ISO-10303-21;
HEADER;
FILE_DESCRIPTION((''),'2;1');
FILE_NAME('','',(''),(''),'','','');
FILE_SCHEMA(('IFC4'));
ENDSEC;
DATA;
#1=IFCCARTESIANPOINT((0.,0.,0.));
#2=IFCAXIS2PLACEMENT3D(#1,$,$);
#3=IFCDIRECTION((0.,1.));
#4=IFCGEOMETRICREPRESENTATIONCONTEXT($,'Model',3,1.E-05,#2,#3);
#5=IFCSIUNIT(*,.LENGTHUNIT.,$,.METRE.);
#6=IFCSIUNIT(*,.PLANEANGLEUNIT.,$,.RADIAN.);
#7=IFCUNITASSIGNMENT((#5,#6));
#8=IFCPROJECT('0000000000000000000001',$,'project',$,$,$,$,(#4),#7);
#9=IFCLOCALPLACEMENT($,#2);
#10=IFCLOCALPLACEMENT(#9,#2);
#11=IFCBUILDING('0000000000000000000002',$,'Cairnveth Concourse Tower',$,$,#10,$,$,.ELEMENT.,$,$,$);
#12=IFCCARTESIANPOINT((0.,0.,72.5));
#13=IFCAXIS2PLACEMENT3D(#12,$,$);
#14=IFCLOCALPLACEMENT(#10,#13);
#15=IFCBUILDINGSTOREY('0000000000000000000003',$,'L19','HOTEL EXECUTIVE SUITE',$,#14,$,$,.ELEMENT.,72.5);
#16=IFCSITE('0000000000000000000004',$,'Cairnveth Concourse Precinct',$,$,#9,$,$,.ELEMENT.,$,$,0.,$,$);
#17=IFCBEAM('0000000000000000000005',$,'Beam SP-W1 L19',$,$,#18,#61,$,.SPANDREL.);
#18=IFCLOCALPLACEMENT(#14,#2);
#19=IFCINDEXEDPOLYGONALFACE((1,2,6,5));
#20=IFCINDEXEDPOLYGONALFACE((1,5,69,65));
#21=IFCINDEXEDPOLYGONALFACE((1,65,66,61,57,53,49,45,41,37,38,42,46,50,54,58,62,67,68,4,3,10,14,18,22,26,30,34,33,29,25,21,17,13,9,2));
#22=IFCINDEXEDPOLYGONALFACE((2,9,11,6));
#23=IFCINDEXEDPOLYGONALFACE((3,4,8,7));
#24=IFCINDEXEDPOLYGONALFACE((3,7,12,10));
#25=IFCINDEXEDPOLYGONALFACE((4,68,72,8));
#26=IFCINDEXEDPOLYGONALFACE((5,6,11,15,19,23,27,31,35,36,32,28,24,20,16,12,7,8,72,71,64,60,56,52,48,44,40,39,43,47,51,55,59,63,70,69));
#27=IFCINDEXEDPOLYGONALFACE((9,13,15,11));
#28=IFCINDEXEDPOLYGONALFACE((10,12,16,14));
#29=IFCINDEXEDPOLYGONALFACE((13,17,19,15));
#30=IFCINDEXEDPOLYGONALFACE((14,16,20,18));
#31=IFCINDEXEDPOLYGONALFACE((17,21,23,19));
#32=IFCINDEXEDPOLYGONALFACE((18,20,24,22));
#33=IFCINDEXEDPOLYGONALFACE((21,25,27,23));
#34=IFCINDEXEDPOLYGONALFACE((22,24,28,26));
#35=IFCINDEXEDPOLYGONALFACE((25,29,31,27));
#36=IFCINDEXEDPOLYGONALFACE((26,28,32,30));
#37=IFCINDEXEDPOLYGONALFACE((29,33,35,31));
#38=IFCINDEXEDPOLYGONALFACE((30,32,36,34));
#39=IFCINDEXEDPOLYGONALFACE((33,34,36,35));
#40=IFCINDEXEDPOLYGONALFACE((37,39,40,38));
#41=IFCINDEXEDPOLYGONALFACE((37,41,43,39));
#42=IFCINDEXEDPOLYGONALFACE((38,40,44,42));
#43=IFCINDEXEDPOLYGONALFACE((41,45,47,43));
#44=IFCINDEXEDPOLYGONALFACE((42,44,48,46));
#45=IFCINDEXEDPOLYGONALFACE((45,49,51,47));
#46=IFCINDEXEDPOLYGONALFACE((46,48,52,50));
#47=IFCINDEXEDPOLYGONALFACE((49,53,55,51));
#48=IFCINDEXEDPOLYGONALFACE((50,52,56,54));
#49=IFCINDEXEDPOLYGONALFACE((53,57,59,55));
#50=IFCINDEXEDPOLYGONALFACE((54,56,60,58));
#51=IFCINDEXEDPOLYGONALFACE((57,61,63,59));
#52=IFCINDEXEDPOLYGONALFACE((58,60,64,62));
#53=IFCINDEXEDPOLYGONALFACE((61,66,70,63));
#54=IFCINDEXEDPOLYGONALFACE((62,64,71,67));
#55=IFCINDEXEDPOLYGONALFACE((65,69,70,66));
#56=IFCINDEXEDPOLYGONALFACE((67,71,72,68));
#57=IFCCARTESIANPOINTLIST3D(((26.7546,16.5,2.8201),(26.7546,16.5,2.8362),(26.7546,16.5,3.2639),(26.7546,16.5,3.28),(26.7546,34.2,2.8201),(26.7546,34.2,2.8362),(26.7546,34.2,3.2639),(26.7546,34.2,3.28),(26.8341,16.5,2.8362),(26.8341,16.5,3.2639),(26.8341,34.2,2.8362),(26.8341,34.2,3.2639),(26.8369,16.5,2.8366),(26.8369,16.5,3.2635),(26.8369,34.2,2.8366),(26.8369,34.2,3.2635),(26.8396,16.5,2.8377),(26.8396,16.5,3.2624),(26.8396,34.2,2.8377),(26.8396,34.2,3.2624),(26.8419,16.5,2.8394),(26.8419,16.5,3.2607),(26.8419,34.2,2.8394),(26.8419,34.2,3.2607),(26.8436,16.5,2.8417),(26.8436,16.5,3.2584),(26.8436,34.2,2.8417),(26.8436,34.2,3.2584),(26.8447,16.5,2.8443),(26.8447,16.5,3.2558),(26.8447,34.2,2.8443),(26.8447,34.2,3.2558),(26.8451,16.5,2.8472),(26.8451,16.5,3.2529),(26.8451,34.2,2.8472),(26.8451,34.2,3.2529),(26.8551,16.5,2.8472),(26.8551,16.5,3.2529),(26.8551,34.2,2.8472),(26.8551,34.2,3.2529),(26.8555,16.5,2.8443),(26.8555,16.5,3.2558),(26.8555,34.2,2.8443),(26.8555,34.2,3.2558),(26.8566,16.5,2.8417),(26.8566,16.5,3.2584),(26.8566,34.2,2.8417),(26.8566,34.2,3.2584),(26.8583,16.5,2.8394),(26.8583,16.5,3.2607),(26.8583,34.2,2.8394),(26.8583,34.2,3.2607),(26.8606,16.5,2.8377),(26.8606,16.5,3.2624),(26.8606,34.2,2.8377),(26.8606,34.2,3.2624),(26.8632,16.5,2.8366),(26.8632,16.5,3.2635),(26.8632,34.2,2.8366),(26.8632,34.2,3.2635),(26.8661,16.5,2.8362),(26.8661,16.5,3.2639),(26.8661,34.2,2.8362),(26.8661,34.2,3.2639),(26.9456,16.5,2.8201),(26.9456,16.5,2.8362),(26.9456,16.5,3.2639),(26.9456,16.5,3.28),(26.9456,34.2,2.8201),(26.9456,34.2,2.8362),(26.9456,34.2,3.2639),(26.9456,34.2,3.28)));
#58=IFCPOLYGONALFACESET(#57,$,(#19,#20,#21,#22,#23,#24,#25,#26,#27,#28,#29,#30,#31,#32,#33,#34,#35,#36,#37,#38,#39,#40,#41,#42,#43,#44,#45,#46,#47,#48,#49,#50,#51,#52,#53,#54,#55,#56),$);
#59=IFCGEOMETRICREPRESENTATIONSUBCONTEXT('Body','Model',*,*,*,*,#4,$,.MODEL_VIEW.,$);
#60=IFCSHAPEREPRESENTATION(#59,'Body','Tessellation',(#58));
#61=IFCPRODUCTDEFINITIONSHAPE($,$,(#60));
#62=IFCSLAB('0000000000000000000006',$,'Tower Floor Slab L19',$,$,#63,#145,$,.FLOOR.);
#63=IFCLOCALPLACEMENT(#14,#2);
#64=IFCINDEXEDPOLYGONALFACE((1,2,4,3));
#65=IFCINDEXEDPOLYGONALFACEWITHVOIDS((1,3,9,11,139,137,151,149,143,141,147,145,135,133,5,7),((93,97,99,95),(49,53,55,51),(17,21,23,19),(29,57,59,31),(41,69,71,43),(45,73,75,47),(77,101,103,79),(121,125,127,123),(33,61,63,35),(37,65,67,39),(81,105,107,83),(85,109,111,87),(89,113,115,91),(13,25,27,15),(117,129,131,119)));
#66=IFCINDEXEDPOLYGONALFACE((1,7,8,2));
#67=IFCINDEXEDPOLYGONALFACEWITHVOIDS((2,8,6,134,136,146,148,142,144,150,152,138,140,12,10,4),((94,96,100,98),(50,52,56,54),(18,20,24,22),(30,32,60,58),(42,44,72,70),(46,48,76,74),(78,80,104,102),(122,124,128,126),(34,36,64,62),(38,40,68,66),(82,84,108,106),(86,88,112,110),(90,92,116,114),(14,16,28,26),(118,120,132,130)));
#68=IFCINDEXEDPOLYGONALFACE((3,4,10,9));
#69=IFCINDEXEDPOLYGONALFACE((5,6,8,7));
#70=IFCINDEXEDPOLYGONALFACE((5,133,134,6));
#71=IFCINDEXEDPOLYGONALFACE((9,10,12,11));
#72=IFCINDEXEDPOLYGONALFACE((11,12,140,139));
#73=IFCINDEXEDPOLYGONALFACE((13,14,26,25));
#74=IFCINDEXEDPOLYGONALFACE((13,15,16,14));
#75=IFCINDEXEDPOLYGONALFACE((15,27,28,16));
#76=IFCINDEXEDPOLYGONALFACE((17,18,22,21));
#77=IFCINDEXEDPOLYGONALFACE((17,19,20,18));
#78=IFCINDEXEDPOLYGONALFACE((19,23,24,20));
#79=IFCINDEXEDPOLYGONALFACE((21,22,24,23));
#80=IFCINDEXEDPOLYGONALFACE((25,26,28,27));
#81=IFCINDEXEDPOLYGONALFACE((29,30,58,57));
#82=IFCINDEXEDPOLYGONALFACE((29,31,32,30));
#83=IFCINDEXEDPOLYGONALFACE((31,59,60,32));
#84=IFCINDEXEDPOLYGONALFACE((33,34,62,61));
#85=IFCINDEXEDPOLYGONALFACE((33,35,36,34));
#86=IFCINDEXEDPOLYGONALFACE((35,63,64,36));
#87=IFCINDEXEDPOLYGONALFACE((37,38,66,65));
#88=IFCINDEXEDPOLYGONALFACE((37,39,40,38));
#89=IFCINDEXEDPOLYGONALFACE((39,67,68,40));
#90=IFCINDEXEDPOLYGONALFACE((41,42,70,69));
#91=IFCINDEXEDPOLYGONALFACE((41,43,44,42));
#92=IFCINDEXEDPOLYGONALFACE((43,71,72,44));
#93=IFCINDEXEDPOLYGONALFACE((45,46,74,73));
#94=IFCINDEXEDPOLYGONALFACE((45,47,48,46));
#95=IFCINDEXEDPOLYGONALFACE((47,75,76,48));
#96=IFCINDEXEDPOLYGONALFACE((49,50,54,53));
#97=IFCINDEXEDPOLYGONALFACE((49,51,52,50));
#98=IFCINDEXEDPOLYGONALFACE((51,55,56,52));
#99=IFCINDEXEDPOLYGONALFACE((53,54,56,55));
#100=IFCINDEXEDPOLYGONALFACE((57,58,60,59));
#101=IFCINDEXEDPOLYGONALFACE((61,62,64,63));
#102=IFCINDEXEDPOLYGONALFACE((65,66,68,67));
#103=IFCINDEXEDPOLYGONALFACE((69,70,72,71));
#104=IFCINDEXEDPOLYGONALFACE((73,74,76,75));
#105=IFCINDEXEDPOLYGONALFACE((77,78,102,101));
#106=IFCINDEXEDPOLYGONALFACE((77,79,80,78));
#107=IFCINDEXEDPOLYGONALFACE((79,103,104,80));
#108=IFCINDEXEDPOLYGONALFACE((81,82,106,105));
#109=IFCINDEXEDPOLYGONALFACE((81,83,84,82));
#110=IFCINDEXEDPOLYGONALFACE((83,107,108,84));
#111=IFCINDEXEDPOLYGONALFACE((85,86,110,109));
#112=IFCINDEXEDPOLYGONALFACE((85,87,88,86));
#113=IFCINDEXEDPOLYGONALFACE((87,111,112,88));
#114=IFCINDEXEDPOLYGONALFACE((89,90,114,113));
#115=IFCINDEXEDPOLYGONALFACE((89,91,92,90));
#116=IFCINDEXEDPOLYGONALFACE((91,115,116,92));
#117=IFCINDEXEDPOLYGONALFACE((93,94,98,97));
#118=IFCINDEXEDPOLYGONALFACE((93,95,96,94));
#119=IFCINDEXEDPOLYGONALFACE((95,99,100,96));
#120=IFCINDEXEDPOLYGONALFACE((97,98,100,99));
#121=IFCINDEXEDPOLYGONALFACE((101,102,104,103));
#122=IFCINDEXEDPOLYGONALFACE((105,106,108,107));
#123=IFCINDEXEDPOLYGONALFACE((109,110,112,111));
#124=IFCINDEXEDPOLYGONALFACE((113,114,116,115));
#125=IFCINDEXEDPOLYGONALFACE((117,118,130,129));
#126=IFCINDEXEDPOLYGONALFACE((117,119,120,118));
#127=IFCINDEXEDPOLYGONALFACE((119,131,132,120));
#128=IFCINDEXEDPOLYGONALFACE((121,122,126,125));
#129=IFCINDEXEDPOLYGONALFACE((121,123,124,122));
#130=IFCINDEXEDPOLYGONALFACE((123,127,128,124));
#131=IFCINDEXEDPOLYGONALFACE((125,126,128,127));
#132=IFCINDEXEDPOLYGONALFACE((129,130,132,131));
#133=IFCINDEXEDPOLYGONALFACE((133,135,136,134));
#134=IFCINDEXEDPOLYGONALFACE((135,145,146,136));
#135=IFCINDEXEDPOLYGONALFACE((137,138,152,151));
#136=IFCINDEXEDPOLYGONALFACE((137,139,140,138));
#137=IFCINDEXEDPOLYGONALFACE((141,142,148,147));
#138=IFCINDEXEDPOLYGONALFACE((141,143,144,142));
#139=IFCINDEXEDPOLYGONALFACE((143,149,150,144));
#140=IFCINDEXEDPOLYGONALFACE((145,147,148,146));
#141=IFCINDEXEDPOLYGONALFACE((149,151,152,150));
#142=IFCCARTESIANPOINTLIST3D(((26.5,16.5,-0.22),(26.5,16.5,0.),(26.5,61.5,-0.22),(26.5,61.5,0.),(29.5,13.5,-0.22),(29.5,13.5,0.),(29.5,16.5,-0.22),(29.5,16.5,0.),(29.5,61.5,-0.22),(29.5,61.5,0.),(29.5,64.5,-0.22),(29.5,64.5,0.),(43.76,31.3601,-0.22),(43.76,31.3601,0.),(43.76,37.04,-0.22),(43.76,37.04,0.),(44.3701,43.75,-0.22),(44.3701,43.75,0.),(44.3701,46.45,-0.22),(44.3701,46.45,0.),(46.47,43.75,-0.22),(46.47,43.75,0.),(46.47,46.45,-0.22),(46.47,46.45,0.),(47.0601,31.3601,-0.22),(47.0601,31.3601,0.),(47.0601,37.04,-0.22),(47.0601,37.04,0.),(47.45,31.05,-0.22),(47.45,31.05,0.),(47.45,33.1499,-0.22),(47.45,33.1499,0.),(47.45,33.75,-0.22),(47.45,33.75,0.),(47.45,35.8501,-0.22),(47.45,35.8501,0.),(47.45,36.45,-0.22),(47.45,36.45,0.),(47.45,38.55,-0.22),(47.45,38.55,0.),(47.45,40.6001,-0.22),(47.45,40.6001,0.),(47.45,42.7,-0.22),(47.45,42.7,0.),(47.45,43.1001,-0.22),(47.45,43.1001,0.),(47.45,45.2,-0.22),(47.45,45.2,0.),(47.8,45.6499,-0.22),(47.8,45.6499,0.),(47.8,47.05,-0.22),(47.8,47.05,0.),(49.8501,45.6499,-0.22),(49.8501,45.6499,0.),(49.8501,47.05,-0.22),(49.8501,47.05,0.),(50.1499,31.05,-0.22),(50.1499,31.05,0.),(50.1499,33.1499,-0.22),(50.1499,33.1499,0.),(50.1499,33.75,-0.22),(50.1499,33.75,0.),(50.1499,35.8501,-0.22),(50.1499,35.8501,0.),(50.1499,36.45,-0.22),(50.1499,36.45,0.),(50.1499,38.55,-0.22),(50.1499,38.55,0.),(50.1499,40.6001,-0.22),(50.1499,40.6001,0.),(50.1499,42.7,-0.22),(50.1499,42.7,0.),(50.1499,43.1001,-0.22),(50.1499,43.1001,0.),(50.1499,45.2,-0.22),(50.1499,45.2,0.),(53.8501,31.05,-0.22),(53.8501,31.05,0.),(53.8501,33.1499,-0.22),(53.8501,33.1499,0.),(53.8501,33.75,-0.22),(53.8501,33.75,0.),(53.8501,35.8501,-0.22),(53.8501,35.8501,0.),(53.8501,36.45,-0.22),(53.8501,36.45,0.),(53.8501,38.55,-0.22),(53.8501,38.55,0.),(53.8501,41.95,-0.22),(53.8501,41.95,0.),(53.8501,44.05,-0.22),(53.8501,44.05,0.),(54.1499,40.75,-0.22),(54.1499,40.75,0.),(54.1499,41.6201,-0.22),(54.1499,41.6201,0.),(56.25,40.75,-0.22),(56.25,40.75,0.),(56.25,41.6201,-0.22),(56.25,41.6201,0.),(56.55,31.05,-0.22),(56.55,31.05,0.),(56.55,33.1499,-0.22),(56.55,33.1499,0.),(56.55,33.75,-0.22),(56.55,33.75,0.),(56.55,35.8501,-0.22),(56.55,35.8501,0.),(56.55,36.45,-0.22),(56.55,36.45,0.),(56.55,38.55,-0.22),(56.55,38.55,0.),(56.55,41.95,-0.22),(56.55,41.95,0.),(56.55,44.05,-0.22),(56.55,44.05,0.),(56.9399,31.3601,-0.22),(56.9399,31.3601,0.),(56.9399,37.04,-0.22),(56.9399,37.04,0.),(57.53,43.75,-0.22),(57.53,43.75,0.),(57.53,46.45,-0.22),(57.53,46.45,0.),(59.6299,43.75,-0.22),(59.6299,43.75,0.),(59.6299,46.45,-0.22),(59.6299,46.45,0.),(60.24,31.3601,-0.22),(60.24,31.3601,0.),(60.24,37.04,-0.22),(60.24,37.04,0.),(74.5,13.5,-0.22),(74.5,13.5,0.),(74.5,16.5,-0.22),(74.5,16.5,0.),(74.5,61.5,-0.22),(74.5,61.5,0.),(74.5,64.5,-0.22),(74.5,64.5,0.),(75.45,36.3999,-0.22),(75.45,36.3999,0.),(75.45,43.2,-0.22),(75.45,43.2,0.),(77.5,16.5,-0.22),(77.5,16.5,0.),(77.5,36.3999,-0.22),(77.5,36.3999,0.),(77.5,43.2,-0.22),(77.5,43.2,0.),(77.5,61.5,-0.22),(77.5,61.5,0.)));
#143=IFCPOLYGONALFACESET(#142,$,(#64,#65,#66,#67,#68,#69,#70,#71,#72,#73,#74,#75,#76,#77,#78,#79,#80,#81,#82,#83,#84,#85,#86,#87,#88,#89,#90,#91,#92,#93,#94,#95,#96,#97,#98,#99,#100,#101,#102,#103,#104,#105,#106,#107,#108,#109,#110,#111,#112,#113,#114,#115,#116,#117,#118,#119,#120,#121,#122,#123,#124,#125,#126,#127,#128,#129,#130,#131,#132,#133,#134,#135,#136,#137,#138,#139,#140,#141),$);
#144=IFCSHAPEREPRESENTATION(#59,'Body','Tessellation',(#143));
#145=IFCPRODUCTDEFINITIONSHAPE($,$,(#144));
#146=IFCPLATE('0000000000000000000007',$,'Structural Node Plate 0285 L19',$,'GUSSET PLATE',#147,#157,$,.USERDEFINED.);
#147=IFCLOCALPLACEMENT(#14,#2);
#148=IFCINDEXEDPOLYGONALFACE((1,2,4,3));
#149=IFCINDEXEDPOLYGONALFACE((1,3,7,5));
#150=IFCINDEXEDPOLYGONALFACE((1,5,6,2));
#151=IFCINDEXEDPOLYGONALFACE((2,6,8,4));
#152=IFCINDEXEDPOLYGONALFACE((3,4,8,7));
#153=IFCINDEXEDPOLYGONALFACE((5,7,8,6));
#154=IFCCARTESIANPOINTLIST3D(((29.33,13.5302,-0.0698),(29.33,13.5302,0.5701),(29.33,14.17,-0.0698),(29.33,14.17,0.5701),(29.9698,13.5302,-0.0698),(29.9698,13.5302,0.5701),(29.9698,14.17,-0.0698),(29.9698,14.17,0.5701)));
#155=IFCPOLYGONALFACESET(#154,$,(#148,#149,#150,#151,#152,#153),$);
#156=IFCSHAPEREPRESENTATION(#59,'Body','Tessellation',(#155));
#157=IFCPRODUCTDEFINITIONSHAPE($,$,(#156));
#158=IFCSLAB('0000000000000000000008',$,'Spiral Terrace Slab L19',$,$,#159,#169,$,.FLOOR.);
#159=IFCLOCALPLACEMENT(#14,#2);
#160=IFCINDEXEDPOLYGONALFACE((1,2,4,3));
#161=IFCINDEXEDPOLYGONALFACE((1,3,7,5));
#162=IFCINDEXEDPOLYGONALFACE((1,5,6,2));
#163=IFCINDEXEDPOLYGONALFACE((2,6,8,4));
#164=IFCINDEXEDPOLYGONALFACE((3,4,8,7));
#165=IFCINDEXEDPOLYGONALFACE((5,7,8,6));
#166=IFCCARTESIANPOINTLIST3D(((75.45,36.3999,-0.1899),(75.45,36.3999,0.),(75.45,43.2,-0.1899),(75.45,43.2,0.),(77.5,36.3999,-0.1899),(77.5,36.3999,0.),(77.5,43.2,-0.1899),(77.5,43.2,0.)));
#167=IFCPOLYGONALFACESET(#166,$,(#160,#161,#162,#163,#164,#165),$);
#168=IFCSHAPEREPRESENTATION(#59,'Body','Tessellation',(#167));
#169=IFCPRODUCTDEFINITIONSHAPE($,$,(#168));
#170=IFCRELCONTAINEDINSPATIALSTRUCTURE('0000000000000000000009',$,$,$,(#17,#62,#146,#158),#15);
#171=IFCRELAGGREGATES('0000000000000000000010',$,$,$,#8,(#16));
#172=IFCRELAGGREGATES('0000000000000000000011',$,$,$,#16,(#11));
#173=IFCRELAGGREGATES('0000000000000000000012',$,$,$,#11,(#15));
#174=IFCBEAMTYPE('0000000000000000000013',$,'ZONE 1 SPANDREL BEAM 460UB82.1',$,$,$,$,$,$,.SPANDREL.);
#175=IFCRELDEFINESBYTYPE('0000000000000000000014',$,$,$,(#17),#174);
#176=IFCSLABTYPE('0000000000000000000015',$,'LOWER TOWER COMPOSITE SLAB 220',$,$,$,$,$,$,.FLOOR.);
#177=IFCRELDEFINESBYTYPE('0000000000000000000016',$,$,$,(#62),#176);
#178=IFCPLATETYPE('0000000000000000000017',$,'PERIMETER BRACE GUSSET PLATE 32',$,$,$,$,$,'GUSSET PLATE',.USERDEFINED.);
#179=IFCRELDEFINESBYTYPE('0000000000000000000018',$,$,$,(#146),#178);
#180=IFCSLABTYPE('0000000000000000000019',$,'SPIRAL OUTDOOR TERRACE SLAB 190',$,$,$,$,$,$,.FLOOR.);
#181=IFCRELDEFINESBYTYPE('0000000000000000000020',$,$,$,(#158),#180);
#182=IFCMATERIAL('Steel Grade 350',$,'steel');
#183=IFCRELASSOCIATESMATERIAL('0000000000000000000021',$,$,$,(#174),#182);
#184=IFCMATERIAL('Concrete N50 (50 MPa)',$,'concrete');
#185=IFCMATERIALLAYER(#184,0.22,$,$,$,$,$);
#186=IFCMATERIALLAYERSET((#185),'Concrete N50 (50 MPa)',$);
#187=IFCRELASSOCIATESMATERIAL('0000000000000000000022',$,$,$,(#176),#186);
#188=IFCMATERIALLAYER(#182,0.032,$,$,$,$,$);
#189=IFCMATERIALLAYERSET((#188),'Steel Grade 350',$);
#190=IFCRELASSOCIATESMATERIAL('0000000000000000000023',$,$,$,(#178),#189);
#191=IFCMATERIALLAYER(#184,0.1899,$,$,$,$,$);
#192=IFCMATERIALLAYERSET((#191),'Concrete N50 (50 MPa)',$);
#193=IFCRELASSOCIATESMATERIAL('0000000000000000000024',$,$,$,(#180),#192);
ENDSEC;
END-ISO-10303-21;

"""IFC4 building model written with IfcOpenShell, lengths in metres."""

from ifc_helpers import new_model, si_unit, direction, frame, origin, origin_2d, place, context, subcontext, project, spatial, polyline, rectangle, i_section, outline, extrude, material, layer, layer_set, material_profile, profile_set, type_object, element, save


model = new_model("IFC4")

# Units and contexts
model_context = context("Model", 3, precision=1e-05, world=origin(), true_north=direction((0.0, 1.0)))
body_context = subcontext(model_context, "Body", "Model", "MODEL_VIEW")
ifc_project = project(units=[si_unit("LENGTHUNIT", "METRE"), si_unit("PLANEANGLEUNIT", "RADIAN")], contexts=[model_context])

# Site, building, storey
site_placement = place(None, origin())
site = spatial("IfcSite", under=ifc_project, at=site_placement, Name="Cairnveth Concourse Precinct", CompositionType="ELEMENT", RefElevation=0.0)
building_placement = place(site_placement, origin())
building = spatial("IfcBuilding", under=site, at=building_placement, Name="Cairnveth Concourse Tower", CompositionType="ELEMENT")
storey_placement = place(building_placement, frame((0.0, 0.0, 72.5)))
storey = spatial("IfcBuildingStorey", under=building, at=storey_placement, Name="L19", Description="HOTEL EXECUTIVE SUITE", CompositionType="ELEMENT", Elevation=72.5)

# Beam
ifc_material_1 = material(Name="Steel Grade 350", Category="steel")
ifc_material_profile_1 = material_profile(ifc_material_1, i_section(OverallWidth=0.1909, OverallDepth=0.46, WebThickness=0.01, FlangeThickness=0.0161, FilletRadius=0.011, at=origin_2d()), Name="460UB82.1")
ifc_profile_set_1 = profile_set([ifc_material_profile_1], Name="Steel Grade 350")
beam_type_1 = type_object("IfcBeamType", Name="ZONE 1 SPANDREL BEAM 460UB82.1", PredefinedType="SPANDREL", material=ifc_profile_set_1)
for number, where, z_axis, x_axis, name in (
    (1, (26.8501, 16.5, 3.05), (0.0, 1.0, 0.0), (-1.0, 0.0, 0.0), "Beam SP-W1 L19"),
):
    element("IfcBeam", number, at=place(storey_placement, frame(where, z_axis=z_axis, x_axis=x_axis)), inside=storey, type_object=beam_type_1, Name=name, PredefinedType="SPANDREL", context=body_context, shape_type="SweptSolid", body=[
        extrude(i_section(OverallWidth=0.1909, OverallDepth=0.46, WebThickness=0.01, FlangeThickness=0.0161, FilletRadius=0.011, at=origin_2d()), origin(), (0.0, 0.0, 1.0), 17.7),
    ])

# Slab
ifc_material_2 = material(Name="Concrete N50 (50 MPa)", Category="concrete")
ifc_layer_1 = layer(ifc_material_2, 0.22)
ifc_layer_set_1 = layer_set([ifc_layer_1], Name="Concrete N50 (50 MPa)")
slab_type_1 = type_object("IfcSlabType", Name="LOWER TOWER COMPOSITE SLAB 220", PredefinedType="FLOOR", material=ifc_layer_set_1)
slab_1_placement = place(storey_placement, frame((0.0, 0.0, -0.22)))
element("IfcSlab", 2, at=slab_1_placement, inside=storey, type_object=slab_type_1, Name="Tower Floor Slab L19", PredefinedType="FLOOR", context=body_context, shape_type="SweptSolid", body=[
    extrude(outline(polyline([(77.5, 36.3999), (75.45, 36.3999), (75.45, 43.2), (77.5, 43.2), (77.5, 61.5), (74.5, 61.5), (74.5, 64.5), (29.5, 64.5), (29.5, 61.5), (26.5, 61.5), (26.5, 16.5), (29.5, 16.5), (29.5, 13.5), (74.5, 13.5), (74.5, 16.5), (77.5, 16.5), (77.5, 36.3999)]), holes=[polyline([(43.76, 31.3601), (47.0601, 31.3601), (47.0601, 37.04), (43.76, 37.04), (43.76, 31.3601)]), polyline([(56.9399, 31.3601), (60.24, 31.3601), (60.24, 37.04), (56.9399, 37.04), (56.9399, 31.3601)]), polyline([(44.3701, 43.75), (46.47, 43.75), (46.47, 46.45), (44.3701, 46.45), (44.3701, 43.75)]), polyline([(57.53, 43.75), (59.6299, 43.75), (59.6299, 46.45), (57.53, 46.45), (57.53, 43.75)]), polyline([(47.45, 31.05), (50.1499, 31.05), (50.1499, 33.1499), (47.45, 33.1499), (47.45, 31.05)]), polyline([(47.45, 33.75), (50.1499, 33.75), (50.1499, 35.8501), (47.45, 35.8501), (47.45, 33.75)]), polyline([(47.45, 36.45), (50.1499, 36.45), (50.1499, 38.55), (47.45, 38.55), (47.45, 36.45)]), polyline([(53.8501, 31.05), (56.55, 31.05), (56.55, 33.1499), (53.8501, 33.1499), (53.8501, 31.05)]), polyline([(53.8501, 33.75), (56.55, 33.75), (56.55, 35.8501), (53.8501, 35.8501), (53.8501, 33.75)]), polyline([(53.8501, 36.45), (56.55, 36.45), (56.55, 38.55), (53.8501, 38.55), (53.8501, 36.45)]), polyline([(47.45, 40.6001), (50.1499, 40.6001), (50.1499, 42.7), (47.45, 42.7), (47.45, 40.6001)]), polyline([(47.45, 43.1001), (50.1499, 43.1001), (50.1499, 45.2), (47.45, 45.2), (47.45, 43.1001)]), polyline([(53.8501, 41.95), (56.55, 41.95), (56.55, 44.05), (53.8501, 44.05), (53.8501, 41.95)]), polyline([(47.8, 45.6499), (49.8501, 45.6499), (49.8501, 47.05), (47.8, 47.05), (47.8, 45.6499)]), polyline([(54.1499, 40.75), (56.25, 40.75), (56.25, 41.6201), (54.1499, 41.6201), (54.1499, 40.75)])]), origin(), (0.0, 0.0, 1.0), 0.22),
])

# Plate
ifc_layer_2 = layer(ifc_material_1, 0.032)
ifc_layer_set_2 = layer_set([ifc_layer_2], Name="Steel Grade 350")
plate_type = type_object("IfcPlateType", Name="PERIMETER BRACE GUSSET PLATE 32", ElementType="GUSSET PLATE", PredefinedType="USERDEFINED", material=ifc_layer_set_2)
plate_placement = place(storey_placement, frame((29.6499, 13.8501, -0.0698), z_axis=(0.0, 0.0, 1.0), x_axis=(1.0, 0.0, 0.0)))
element("IfcPlate", 3, at=plate_placement, inside=storey, type_object=plate_type, Name="Structural Node Plate 0285 L19", ObjectType="GUSSET PLATE", PredefinedType="USERDEFINED", context=body_context, shape_type="SweptSolid", body=[
    extrude(rectangle(XDim=0.6399, YDim=0.6399, at=origin_2d()), origin(), (0.0, 0.0, 1.0), 0.6399),
])

# Slab
ifc_layer_3 = layer(ifc_material_2, 0.1899)
ifc_layer_set_3 = layer_set([ifc_layer_3], Name="Concrete N50 (50 MPa)")
slab_type_2 = type_object("IfcSlabType", Name="SPIRAL OUTDOOR TERRACE SLAB 190", PredefinedType="FLOOR", material=ifc_layer_set_3)
slab_2_placement = place(storey_placement, frame((0.0, 0.0, -0.1899)))
element("IfcSlab", 4, at=slab_2_placement, inside=storey, type_object=slab_type_2, Name="Spiral Terrace Slab L19", PredefinedType="FLOOR", context=body_context, shape_type="SweptSolid", body=[
    extrude(outline(polyline([(75.45, 36.3999), (77.5, 36.3999), (77.5, 43.2), (75.45, 43.2), (75.45, 36.3999)])), origin(), (0.0, 0.0, 1.0), 0.1899),
])

save(model, "model.ifc")
